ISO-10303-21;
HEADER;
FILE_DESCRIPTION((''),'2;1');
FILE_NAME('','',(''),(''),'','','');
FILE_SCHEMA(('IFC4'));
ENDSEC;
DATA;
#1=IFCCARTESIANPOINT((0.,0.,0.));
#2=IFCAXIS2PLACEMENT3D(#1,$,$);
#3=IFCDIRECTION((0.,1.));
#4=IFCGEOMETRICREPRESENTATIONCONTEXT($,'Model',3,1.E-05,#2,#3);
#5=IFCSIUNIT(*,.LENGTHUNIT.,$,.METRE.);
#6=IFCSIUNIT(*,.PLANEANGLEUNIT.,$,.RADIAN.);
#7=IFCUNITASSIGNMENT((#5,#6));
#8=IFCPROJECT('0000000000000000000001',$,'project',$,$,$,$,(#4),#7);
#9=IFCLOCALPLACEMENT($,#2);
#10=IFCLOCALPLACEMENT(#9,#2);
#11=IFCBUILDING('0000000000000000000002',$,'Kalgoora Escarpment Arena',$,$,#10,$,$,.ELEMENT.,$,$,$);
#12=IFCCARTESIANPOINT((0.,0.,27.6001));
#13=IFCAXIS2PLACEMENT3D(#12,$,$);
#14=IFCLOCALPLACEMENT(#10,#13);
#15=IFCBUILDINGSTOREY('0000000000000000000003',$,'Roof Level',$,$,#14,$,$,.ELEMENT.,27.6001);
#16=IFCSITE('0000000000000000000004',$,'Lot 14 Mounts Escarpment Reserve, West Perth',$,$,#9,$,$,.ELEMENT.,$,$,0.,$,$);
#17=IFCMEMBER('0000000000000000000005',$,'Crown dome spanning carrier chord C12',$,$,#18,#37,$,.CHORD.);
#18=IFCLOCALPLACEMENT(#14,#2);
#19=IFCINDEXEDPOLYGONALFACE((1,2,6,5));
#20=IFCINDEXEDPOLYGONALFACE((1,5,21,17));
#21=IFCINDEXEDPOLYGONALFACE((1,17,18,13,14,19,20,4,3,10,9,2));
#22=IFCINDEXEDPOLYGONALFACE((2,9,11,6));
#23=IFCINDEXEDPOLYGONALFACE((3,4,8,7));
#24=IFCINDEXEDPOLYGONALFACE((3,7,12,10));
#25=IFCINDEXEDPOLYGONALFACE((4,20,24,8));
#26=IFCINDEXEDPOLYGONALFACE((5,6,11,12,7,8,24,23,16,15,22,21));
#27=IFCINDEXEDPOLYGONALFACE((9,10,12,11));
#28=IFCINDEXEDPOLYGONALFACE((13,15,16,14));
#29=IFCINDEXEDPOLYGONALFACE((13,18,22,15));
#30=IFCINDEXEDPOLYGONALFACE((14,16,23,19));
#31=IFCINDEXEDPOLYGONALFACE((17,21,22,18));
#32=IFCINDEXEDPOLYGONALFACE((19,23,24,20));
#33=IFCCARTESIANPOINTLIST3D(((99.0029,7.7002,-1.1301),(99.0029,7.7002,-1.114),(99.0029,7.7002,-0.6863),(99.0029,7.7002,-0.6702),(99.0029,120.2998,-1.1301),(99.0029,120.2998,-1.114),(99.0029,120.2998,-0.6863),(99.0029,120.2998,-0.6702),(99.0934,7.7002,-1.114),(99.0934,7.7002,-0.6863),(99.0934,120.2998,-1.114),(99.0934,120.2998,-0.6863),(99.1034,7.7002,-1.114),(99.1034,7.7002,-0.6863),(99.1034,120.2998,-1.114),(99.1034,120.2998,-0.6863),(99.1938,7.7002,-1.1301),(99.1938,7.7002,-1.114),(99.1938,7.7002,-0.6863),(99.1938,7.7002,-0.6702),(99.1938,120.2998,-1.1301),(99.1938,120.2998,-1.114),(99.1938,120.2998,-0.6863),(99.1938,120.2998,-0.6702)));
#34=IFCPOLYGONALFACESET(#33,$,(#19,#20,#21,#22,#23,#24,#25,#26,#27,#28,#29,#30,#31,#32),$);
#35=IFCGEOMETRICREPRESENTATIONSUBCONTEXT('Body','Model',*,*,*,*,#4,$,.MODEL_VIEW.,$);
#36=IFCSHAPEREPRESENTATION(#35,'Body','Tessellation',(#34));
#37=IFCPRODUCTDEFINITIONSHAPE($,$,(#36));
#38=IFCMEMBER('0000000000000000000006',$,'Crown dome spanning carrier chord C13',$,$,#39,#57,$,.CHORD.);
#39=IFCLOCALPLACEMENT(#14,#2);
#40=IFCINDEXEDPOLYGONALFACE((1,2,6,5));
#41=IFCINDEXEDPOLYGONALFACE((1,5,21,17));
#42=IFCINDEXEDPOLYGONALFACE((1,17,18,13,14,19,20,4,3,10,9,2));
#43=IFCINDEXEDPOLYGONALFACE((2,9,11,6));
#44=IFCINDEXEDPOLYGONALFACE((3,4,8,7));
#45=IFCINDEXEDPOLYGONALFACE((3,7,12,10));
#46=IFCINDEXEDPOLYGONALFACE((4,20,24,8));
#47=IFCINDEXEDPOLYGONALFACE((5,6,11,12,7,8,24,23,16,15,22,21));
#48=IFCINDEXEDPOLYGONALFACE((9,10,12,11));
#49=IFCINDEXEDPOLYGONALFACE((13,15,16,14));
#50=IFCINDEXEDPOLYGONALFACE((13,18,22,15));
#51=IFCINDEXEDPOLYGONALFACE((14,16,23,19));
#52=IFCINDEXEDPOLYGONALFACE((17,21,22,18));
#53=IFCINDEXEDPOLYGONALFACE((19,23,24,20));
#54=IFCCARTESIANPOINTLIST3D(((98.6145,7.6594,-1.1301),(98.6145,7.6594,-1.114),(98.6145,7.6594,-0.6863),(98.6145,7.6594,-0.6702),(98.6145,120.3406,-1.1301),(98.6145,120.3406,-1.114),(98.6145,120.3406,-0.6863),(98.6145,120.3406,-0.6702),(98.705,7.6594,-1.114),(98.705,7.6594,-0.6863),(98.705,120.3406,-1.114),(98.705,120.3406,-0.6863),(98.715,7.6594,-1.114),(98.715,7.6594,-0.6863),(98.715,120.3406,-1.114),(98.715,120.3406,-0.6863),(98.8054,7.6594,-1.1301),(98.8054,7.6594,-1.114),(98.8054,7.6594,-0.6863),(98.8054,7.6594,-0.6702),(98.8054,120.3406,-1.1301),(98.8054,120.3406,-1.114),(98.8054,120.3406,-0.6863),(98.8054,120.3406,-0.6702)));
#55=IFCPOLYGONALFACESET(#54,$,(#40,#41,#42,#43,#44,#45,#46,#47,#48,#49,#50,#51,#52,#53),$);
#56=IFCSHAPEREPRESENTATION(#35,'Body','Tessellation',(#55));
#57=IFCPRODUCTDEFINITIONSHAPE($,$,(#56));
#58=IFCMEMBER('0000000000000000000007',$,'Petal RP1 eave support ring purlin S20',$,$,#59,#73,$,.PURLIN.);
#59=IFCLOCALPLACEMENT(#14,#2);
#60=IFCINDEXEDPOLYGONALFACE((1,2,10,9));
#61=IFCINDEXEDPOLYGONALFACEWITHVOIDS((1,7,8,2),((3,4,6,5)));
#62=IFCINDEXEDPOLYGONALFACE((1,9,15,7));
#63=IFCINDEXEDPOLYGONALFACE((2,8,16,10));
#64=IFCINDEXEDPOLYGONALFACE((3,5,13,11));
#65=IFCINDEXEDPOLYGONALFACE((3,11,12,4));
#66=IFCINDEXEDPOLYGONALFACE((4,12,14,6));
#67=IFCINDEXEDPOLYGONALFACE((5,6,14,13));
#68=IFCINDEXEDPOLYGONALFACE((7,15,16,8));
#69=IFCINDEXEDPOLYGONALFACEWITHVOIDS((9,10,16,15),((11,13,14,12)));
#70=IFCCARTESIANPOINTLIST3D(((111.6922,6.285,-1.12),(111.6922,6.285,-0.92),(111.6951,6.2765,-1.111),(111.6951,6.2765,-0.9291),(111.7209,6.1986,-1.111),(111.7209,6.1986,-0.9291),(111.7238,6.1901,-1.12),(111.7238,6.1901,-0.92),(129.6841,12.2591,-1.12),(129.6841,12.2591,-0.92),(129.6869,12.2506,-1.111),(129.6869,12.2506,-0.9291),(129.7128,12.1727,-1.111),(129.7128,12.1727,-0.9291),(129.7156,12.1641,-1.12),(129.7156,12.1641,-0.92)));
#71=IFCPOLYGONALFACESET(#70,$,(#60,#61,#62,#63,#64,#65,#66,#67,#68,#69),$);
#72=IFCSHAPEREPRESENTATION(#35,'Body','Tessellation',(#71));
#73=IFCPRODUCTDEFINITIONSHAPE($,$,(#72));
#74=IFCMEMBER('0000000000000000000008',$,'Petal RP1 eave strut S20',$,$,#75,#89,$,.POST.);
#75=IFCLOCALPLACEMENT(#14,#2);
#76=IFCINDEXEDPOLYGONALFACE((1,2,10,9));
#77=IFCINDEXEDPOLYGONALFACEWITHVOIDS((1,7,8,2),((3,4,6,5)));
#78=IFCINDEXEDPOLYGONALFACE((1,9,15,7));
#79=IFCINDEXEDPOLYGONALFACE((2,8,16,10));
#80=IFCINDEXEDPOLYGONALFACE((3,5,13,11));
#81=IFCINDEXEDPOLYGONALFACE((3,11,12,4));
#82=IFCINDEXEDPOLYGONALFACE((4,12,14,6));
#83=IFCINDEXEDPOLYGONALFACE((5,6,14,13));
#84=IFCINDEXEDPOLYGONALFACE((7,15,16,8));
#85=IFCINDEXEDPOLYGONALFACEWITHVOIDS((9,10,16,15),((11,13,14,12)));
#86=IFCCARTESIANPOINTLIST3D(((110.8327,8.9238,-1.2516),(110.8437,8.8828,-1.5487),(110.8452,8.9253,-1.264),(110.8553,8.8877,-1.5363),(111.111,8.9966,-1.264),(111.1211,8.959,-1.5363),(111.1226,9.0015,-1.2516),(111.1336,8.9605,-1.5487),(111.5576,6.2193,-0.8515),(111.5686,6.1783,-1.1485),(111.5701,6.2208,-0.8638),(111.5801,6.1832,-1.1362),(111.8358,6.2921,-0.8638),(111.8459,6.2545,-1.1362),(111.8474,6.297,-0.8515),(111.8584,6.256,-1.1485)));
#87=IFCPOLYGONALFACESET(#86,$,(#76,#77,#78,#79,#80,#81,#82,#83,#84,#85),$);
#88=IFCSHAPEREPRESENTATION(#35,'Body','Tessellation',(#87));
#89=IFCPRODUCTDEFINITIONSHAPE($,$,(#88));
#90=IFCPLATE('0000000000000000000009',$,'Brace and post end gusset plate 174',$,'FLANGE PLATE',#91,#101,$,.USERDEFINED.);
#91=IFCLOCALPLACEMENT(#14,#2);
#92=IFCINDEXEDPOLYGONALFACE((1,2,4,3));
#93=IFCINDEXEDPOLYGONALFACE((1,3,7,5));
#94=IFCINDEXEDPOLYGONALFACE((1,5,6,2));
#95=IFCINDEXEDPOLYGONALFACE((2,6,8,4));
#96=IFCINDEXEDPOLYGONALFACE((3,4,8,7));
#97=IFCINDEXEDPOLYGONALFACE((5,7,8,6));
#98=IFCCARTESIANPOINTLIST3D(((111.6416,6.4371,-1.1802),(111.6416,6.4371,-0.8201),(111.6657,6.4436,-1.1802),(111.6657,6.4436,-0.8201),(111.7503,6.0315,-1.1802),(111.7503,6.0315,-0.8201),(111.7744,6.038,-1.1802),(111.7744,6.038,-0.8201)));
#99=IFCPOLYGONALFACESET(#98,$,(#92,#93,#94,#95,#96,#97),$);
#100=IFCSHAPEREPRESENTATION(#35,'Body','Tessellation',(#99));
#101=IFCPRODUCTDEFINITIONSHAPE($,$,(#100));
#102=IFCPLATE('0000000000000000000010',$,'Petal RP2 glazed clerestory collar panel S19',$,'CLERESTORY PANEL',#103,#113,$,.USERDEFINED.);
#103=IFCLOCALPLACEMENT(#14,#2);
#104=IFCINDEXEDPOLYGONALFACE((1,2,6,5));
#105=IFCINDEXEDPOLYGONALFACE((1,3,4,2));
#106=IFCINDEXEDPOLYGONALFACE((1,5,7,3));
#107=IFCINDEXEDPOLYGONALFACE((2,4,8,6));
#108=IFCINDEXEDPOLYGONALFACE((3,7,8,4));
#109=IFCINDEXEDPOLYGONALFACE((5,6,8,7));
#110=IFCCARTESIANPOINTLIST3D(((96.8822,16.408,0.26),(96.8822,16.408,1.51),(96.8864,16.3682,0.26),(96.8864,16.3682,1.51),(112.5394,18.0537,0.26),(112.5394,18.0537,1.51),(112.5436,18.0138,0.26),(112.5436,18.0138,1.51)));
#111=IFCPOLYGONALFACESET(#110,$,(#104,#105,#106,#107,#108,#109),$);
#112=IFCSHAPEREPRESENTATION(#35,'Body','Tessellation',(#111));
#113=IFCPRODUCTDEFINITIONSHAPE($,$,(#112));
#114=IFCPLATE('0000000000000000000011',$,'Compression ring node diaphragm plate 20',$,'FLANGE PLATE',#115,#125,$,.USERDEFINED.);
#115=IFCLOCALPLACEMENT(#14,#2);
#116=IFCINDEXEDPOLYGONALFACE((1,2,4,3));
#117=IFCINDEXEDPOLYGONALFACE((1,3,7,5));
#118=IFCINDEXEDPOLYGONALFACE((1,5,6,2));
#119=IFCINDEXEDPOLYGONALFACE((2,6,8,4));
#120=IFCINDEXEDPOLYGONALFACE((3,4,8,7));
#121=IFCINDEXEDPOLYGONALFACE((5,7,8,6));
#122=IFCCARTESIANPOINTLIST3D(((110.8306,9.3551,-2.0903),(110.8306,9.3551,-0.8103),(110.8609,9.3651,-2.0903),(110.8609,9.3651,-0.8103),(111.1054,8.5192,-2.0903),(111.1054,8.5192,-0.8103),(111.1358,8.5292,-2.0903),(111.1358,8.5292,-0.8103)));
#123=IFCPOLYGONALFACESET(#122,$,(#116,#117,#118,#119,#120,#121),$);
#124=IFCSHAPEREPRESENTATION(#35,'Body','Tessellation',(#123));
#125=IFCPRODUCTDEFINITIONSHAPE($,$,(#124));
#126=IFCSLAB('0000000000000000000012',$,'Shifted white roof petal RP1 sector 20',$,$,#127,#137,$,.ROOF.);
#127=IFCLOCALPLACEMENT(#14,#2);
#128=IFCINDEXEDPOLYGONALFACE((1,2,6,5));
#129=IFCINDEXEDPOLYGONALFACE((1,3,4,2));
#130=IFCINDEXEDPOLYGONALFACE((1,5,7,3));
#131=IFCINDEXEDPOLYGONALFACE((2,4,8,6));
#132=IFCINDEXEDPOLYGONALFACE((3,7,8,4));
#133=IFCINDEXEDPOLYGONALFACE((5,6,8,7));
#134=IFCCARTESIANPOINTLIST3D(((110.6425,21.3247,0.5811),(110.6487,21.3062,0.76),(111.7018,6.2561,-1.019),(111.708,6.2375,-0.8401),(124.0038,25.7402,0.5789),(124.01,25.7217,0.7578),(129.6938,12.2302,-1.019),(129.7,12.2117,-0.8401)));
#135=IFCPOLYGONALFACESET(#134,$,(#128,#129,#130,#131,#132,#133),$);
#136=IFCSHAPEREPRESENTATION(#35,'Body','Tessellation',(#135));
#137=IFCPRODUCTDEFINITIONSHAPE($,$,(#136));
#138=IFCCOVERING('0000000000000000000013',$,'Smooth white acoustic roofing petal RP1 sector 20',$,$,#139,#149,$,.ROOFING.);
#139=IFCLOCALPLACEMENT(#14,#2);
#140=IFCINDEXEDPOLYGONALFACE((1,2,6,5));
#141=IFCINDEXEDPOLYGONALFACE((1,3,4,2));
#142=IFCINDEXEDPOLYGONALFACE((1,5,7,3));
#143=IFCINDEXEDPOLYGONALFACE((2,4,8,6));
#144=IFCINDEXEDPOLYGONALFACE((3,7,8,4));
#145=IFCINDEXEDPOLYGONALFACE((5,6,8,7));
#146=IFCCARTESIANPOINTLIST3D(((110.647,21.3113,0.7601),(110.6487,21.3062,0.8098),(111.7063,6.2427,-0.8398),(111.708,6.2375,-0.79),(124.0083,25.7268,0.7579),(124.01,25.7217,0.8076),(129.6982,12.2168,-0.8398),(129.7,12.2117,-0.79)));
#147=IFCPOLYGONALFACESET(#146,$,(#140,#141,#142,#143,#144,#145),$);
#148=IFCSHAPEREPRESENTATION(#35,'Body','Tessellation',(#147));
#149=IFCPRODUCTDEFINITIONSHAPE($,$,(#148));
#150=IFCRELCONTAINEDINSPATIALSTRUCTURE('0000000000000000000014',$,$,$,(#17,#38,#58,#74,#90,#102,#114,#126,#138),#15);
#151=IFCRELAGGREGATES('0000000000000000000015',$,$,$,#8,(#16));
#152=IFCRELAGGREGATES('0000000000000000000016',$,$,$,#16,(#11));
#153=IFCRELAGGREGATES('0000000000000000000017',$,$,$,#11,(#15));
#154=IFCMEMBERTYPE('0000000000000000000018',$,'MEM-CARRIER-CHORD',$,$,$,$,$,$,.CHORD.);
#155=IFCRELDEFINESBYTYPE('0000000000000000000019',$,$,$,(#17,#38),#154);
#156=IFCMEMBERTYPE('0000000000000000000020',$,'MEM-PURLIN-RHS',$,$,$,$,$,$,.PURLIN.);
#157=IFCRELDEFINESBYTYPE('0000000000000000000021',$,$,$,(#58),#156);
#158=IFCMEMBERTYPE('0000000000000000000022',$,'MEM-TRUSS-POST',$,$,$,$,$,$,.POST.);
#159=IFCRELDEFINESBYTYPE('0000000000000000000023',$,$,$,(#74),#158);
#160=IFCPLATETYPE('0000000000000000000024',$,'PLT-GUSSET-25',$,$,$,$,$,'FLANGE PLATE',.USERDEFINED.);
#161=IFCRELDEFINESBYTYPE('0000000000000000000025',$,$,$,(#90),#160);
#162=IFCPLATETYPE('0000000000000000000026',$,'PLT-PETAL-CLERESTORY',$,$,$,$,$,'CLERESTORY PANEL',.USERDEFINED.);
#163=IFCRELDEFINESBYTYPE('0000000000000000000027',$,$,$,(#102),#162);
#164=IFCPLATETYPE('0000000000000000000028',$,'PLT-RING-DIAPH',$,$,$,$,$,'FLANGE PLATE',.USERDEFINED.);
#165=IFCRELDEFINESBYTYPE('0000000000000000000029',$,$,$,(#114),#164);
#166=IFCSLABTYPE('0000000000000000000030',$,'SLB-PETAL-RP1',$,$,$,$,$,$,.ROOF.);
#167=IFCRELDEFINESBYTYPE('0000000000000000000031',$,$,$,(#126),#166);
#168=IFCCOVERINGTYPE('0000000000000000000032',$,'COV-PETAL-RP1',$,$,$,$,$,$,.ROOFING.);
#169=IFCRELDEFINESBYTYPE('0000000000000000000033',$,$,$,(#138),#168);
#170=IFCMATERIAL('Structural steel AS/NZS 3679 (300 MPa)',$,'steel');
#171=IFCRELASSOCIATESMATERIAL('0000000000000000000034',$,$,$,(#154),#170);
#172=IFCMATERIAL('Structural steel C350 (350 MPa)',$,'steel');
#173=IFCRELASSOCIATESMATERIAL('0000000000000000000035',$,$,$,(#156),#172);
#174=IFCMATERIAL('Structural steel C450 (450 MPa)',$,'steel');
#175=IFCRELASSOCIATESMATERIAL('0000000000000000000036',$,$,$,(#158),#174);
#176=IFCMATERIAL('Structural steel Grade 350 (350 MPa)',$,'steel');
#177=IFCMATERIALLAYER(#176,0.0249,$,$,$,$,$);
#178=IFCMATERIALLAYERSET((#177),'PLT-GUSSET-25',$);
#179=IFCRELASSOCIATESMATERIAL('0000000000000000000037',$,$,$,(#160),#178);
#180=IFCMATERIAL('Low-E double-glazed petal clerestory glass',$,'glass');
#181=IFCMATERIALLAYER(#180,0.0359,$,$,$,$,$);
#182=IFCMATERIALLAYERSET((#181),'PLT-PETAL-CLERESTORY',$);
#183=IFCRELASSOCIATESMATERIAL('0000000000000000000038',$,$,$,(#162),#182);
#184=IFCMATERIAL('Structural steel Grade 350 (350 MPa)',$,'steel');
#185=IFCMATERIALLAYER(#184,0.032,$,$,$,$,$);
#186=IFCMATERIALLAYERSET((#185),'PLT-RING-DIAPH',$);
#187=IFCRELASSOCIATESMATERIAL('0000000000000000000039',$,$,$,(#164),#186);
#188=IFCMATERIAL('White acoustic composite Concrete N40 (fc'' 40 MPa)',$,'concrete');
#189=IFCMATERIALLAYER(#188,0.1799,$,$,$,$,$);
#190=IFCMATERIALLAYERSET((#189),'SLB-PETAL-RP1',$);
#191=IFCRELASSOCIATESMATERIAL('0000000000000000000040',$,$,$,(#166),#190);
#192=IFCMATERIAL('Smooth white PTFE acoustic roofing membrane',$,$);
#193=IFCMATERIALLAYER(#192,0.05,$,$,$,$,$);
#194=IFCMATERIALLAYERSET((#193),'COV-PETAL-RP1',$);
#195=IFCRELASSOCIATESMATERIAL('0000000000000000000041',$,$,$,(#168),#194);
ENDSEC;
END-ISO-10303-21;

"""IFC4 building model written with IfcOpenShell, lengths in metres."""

from ifc_helpers import new_model, si_unit, direction, frame, origin, origin_2d, place, context, subcontext, project, spatial, polyline, rectangle, hollow_rectangle, i_section, outline, extrude, material, layer, layer_set, material_profile, profile_set, type_object, element, save


model = new_model("IFC4")

# Units and contexts
model_context = context("Model", 3, precision=1e-05, world=origin(), true_north=direction((0.0, 1.0)))
body_context = subcontext(model_context, "Body", "Model", "MODEL_VIEW")
ifc_project = project(units=[si_unit("LENGTHUNIT", "METRE"), si_unit("PLANEANGLEUNIT", "RADIAN")], contexts=[model_context])

# Site, building, storey
site_placement = place(None, origin())
site = spatial("IfcSite", under=ifc_project, at=site_placement, Name="Lot 14 Mounts Escarpment Reserve, West Perth", CompositionType="ELEMENT", RefElevation=0.0)
building_placement = place(site_placement, origin())
building = spatial("IfcBuilding", under=site, at=building_placement, Name="Kalgoora Escarpment Arena", CompositionType="ELEMENT")
storey_placement = place(building_placement, frame((0.0, 0.0, 27.6001)))
storey = spatial("IfcBuildingStorey", under=building, at=storey_placement, Name="Roof Level", CompositionType="ELEMENT", Elevation=27.6001)

# Members
ifc_material_1 = material(Name="Structural steel AS/NZS 3679 (300 MPa)", Category="steel")
ifc_material_profile_1 = material_profile(ifc_material_1, i_section(OverallWidth=0.1909, OverallDepth=0.46, WebThickness=0.01, FlangeThickness=0.0161, at=origin_2d()))
ifc_profile_set_1 = profile_set([ifc_material_profile_1], Name="Structural steel AS/NZS 3679 (300 MPa)")
member_type_1 = type_object("IfcMemberType", Name="MEM-CARRIER-CHORD", PredefinedType="CHORD", material=ifc_profile_set_1)
member_1_placement = place(storey_placement, frame((99.0984, 7.7002, -0.9001), z_axis=(0.0, 1.0, 0.0), x_axis=(-1.0, 0.0, 0.0)))
element("IfcMember", 1, at=member_1_placement, inside=storey, type_object=member_type_1, Name="Crown dome spanning carrier chord C12", PredefinedType="CHORD", context=body_context, shape_type="SweptSolid", body=[
    extrude(i_section(OverallWidth=0.1909, OverallDepth=0.46, WebThickness=0.01, FlangeThickness=0.0161, at=origin_2d()), origin(), (0.0, 0.0, 1.0), 112.5996),
])
member_2_placement = place(storey_placement, frame((98.71, 7.6594, -0.9001), z_axis=(0.0, 1.0, 0.0), x_axis=(-1.0, 0.0, 0.0)))
element("IfcMember", 2, at=member_2_placement, inside=storey, type_object=member_type_1, Name="Crown dome spanning carrier chord C13", PredefinedType="CHORD", context=body_context, shape_type="SweptSolid", body=[
    extrude(i_section(OverallWidth=0.1909, OverallDepth=0.46, WebThickness=0.01, FlangeThickness=0.0161, at=origin_2d()), origin(), (0.0, 0.0, 1.0), 112.6812),
])
ifc_material_2 = material(Name="Structural steel C350 (350 MPa)", Category="steel")
ifc_material_profile_2 = material_profile(ifc_material_2, hollow_rectangle(XDim=0.1001, YDim=0.2, WallThickness=0.009, at=origin_2d()))
ifc_profile_set_2 = profile_set([ifc_material_profile_2], Name="Structural steel C350 (350 MPa)")
member_type_2 = type_object("IfcMemberType", Name="MEM-PURLIN-RHS", PredefinedType="PURLIN", material=ifc_profile_set_2)
member_3_placement = place(storey_placement, frame((111.708, 6.2375, -1.02), z_axis=(0.94905, 0.315126, 0.0), x_axis=(-0.315126, 0.94905, 0.0)))
element("IfcMember", 3, at=member_3_placement, inside=storey, type_object=member_type_2, Name="Petal RP1 eave support ring purlin S20", PredefinedType="PURLIN", context=body_context, shape_type="SweptSolid", body=[
    extrude(hollow_rectangle(XDim=0.1001, YDim=0.2, WallThickness=0.009, at=origin_2d()), origin(), (0.0, 0.0, 1.0), 18.9578),
])
ifc_material_3 = material(Name="Structural steel C450 (450 MPa)", Category="steel")
ifc_material_profile_3 = material_profile(ifc_material_3, hollow_rectangle(XDim=0.3, YDim=0.3, WallThickness=0.0125, at=origin_2d()))
ifc_profile_set_3 = profile_set([ifc_material_profile_3], Name="Structural steel C450 (450 MPa)")
member_type_3 = type_object("IfcMemberType", Name="MEM-TRUSS-POST", PredefinedType="POST", material=ifc_profile_set_3)
member_4_placement = place(storey_placement, frame((110.9832, 8.9421, -1.4001), z_axis=(0.256269, -0.956197, 0.14147), x_axis=(0.965911, 0.258873, 0.0)))
element("IfcMember", 4, at=member_4_placement, inside=storey, type_object=member_type_3, Name="Petal RP1 eave strut S20", PredefinedType="POST", context=body_context, shape_type="SweptSolid", body=[
    extrude(hollow_rectangle(XDim=0.3, YDim=0.3, WallThickness=0.0125, at=origin_2d()), origin(), (0.0, 0.0, 1.0), 2.8284),
])

# Plates
ifc_material_4 = material(Name="Structural steel Grade 350 (350 MPa)", Category="steel")
ifc_layer_1 = layer(ifc_material_4, 0.0249)
ifc_layer_set_1 = layer_set([ifc_layer_1], Name="PLT-GUSSET-25")
plate_type_1 = type_object("IfcPlateType", Name="PLT-GUSSET-25", ElementType="FLANGE PLATE", PredefinedType="USERDEFINED", material=ifc_layer_set_1)
plate_1_placement = place(storey_placement, frame((111.708, 6.2375, -1.1802), z_axis=(0.0, 0.0, 1.0), x_axis=(0.258819, -0.965926, 0.0)))
element("IfcPlate", 5, at=plate_1_placement, inside=storey, type_object=plate_type_1, Name="Brace and post end gusset plate 174", ObjectType="FLANGE PLATE", PredefinedType="USERDEFINED", context=body_context, shape_type="SweptSolid", body=[
    extrude(rectangle(XDim=0.4199, YDim=0.0249, at=origin_2d()), origin(), (0.0, 0.0, 1.0), 0.3601),
])
ifc_material_5 = material(Name="Low-E double-glazed petal clerestory glass", Category="glass")
ifc_layer_2 = layer(ifc_material_5, 0.0359)
ifc_layer_set_2 = layer_set([ifc_layer_2], Name="PLT-PETAL-CLERESTORY")
plate_type_2 = type_object("IfcPlateType", Name="PLT-PETAL-CLERESTORY", ElementType="CLERESTORY PANEL", PredefinedType="USERDEFINED", material=ifc_layer_set_2)
plate_2_placement = place(storey_placement, frame((104.7129, 17.2109, 0.26), z_axis=(0.0, 0.0, 1.0), x_axis=(0.994522, 0.104528, 0.0)))
element("IfcPlate", 6, at=plate_2_placement, inside=storey, type_object=plate_type_2, Name="Petal RP2 glazed clerestory collar panel S19", ObjectType="CLERESTORY PANEL", PredefinedType="USERDEFINED", context=body_context, shape_type="SweptSolid", body=[
    extrude(rectangle(XDim=15.7434, YDim=0.04, at=origin_2d()), origin(), (0.0, 0.0, 1.0), 1.25),
])
ifc_material_6 = material(Name="Structural steel Grade 350 (350 MPa)", Category="steel")
ifc_layer_3 = layer(ifc_material_6, 0.032)
ifc_layer_set_3 = layer_set([ifc_layer_3], Name="PLT-RING-DIAPH")
plate_type_3 = type_object("IfcPlateType", Name="PLT-RING-DIAPH", ElementType="FLANGE PLATE", PredefinedType="USERDEFINED", material=ifc_layer_set_3)
plate_3_placement = place(storey_placement, frame((110.9832, 8.9421, -2.0903), z_axis=(0.0, 0.0, 1.0), x_axis=(0.949972, 0.312335, 0.0)))
element("IfcPlate", 7, at=plate_3_placement, inside=storey, type_object=plate_type_3, Name="Compression ring node diaphragm plate 20", ObjectType="FLANGE PLATE", PredefinedType="USERDEFINED", context=body_context, shape_type="SweptSolid", body=[
    extrude(rectangle(XDim=0.032, YDim=0.8799, at=origin_2d()), origin(), (0.0, 0.0, 1.0), 1.28),
])

# Slab
ifc_material_7 = material(Name="White acoustic composite Concrete N40 (fc' 40 MPa)", Category="concrete")
ifc_layer_4 = layer(ifc_material_7, 0.1799)
ifc_layer_set_4 = layer_set([ifc_layer_4], Name="SLB-PETAL-RP1")
slab_type = type_object("IfcSlabType", Name="SLB-PETAL-RP1", PredefinedType="ROOF", material=ifc_layer_set_4)
slab_placement = place(storey_placement, frame((111.708, 6.2375, -0.8401), z_axis=(0.034251, -0.10315, 0.994076), x_axis=(0.94905, 0.315127, 0.0)))
element("IfcSlab", 8, at=slab_placement, inside=storey, type_object=slab_type, Name="Shifted white roof petal RP1 sector 20", PredefinedType="ROOF", context=body_context, shape_type="SweptSolid", body=[
    extrude(outline(polyline([(0.0, 0.0), (18.9579, 0.0), (17.8152, 14.7018), (3.7432, 14.7219), (0.0, 0.0)])), origin(), (0.0, 0.0, -1.0), 0.1799),
])

# Covering
ifc_material_8 = material(Name="Smooth white PTFE acoustic roofing membrane")
ifc_layer_5 = layer(ifc_material_8, 0.05)
ifc_layer_set_5 = layer_set([ifc_layer_5], Name="COV-PETAL-RP1")
covering_type = type_object("IfcCoveringType", Name="COV-PETAL-RP1", PredefinedType="ROOFING", material=ifc_layer_set_5)
covering_placement = place(storey_placement, frame((111.708, 6.2375, -0.79), z_axis=(0.034246, -0.103134, 0.994078), x_axis=(0.94905, 0.315127, 0.0)))
element("IfcCovering", 9, at=covering_placement, inside=storey, type_object=covering_type, Name="Smooth white acoustic roofing petal RP1 sector 20", PredefinedType="ROOFING", context=body_context, shape_type="SweptSolid", body=[
    extrude(outline(polyline([(0.0, 0.0), (18.9579, 0.0), (17.8152, 14.7018), (3.7432, 14.7219), (0.0, 0.0)])), origin(), (0.0, 0.0, -1.0), 0.05),
])

save(model, "model.ifc")
